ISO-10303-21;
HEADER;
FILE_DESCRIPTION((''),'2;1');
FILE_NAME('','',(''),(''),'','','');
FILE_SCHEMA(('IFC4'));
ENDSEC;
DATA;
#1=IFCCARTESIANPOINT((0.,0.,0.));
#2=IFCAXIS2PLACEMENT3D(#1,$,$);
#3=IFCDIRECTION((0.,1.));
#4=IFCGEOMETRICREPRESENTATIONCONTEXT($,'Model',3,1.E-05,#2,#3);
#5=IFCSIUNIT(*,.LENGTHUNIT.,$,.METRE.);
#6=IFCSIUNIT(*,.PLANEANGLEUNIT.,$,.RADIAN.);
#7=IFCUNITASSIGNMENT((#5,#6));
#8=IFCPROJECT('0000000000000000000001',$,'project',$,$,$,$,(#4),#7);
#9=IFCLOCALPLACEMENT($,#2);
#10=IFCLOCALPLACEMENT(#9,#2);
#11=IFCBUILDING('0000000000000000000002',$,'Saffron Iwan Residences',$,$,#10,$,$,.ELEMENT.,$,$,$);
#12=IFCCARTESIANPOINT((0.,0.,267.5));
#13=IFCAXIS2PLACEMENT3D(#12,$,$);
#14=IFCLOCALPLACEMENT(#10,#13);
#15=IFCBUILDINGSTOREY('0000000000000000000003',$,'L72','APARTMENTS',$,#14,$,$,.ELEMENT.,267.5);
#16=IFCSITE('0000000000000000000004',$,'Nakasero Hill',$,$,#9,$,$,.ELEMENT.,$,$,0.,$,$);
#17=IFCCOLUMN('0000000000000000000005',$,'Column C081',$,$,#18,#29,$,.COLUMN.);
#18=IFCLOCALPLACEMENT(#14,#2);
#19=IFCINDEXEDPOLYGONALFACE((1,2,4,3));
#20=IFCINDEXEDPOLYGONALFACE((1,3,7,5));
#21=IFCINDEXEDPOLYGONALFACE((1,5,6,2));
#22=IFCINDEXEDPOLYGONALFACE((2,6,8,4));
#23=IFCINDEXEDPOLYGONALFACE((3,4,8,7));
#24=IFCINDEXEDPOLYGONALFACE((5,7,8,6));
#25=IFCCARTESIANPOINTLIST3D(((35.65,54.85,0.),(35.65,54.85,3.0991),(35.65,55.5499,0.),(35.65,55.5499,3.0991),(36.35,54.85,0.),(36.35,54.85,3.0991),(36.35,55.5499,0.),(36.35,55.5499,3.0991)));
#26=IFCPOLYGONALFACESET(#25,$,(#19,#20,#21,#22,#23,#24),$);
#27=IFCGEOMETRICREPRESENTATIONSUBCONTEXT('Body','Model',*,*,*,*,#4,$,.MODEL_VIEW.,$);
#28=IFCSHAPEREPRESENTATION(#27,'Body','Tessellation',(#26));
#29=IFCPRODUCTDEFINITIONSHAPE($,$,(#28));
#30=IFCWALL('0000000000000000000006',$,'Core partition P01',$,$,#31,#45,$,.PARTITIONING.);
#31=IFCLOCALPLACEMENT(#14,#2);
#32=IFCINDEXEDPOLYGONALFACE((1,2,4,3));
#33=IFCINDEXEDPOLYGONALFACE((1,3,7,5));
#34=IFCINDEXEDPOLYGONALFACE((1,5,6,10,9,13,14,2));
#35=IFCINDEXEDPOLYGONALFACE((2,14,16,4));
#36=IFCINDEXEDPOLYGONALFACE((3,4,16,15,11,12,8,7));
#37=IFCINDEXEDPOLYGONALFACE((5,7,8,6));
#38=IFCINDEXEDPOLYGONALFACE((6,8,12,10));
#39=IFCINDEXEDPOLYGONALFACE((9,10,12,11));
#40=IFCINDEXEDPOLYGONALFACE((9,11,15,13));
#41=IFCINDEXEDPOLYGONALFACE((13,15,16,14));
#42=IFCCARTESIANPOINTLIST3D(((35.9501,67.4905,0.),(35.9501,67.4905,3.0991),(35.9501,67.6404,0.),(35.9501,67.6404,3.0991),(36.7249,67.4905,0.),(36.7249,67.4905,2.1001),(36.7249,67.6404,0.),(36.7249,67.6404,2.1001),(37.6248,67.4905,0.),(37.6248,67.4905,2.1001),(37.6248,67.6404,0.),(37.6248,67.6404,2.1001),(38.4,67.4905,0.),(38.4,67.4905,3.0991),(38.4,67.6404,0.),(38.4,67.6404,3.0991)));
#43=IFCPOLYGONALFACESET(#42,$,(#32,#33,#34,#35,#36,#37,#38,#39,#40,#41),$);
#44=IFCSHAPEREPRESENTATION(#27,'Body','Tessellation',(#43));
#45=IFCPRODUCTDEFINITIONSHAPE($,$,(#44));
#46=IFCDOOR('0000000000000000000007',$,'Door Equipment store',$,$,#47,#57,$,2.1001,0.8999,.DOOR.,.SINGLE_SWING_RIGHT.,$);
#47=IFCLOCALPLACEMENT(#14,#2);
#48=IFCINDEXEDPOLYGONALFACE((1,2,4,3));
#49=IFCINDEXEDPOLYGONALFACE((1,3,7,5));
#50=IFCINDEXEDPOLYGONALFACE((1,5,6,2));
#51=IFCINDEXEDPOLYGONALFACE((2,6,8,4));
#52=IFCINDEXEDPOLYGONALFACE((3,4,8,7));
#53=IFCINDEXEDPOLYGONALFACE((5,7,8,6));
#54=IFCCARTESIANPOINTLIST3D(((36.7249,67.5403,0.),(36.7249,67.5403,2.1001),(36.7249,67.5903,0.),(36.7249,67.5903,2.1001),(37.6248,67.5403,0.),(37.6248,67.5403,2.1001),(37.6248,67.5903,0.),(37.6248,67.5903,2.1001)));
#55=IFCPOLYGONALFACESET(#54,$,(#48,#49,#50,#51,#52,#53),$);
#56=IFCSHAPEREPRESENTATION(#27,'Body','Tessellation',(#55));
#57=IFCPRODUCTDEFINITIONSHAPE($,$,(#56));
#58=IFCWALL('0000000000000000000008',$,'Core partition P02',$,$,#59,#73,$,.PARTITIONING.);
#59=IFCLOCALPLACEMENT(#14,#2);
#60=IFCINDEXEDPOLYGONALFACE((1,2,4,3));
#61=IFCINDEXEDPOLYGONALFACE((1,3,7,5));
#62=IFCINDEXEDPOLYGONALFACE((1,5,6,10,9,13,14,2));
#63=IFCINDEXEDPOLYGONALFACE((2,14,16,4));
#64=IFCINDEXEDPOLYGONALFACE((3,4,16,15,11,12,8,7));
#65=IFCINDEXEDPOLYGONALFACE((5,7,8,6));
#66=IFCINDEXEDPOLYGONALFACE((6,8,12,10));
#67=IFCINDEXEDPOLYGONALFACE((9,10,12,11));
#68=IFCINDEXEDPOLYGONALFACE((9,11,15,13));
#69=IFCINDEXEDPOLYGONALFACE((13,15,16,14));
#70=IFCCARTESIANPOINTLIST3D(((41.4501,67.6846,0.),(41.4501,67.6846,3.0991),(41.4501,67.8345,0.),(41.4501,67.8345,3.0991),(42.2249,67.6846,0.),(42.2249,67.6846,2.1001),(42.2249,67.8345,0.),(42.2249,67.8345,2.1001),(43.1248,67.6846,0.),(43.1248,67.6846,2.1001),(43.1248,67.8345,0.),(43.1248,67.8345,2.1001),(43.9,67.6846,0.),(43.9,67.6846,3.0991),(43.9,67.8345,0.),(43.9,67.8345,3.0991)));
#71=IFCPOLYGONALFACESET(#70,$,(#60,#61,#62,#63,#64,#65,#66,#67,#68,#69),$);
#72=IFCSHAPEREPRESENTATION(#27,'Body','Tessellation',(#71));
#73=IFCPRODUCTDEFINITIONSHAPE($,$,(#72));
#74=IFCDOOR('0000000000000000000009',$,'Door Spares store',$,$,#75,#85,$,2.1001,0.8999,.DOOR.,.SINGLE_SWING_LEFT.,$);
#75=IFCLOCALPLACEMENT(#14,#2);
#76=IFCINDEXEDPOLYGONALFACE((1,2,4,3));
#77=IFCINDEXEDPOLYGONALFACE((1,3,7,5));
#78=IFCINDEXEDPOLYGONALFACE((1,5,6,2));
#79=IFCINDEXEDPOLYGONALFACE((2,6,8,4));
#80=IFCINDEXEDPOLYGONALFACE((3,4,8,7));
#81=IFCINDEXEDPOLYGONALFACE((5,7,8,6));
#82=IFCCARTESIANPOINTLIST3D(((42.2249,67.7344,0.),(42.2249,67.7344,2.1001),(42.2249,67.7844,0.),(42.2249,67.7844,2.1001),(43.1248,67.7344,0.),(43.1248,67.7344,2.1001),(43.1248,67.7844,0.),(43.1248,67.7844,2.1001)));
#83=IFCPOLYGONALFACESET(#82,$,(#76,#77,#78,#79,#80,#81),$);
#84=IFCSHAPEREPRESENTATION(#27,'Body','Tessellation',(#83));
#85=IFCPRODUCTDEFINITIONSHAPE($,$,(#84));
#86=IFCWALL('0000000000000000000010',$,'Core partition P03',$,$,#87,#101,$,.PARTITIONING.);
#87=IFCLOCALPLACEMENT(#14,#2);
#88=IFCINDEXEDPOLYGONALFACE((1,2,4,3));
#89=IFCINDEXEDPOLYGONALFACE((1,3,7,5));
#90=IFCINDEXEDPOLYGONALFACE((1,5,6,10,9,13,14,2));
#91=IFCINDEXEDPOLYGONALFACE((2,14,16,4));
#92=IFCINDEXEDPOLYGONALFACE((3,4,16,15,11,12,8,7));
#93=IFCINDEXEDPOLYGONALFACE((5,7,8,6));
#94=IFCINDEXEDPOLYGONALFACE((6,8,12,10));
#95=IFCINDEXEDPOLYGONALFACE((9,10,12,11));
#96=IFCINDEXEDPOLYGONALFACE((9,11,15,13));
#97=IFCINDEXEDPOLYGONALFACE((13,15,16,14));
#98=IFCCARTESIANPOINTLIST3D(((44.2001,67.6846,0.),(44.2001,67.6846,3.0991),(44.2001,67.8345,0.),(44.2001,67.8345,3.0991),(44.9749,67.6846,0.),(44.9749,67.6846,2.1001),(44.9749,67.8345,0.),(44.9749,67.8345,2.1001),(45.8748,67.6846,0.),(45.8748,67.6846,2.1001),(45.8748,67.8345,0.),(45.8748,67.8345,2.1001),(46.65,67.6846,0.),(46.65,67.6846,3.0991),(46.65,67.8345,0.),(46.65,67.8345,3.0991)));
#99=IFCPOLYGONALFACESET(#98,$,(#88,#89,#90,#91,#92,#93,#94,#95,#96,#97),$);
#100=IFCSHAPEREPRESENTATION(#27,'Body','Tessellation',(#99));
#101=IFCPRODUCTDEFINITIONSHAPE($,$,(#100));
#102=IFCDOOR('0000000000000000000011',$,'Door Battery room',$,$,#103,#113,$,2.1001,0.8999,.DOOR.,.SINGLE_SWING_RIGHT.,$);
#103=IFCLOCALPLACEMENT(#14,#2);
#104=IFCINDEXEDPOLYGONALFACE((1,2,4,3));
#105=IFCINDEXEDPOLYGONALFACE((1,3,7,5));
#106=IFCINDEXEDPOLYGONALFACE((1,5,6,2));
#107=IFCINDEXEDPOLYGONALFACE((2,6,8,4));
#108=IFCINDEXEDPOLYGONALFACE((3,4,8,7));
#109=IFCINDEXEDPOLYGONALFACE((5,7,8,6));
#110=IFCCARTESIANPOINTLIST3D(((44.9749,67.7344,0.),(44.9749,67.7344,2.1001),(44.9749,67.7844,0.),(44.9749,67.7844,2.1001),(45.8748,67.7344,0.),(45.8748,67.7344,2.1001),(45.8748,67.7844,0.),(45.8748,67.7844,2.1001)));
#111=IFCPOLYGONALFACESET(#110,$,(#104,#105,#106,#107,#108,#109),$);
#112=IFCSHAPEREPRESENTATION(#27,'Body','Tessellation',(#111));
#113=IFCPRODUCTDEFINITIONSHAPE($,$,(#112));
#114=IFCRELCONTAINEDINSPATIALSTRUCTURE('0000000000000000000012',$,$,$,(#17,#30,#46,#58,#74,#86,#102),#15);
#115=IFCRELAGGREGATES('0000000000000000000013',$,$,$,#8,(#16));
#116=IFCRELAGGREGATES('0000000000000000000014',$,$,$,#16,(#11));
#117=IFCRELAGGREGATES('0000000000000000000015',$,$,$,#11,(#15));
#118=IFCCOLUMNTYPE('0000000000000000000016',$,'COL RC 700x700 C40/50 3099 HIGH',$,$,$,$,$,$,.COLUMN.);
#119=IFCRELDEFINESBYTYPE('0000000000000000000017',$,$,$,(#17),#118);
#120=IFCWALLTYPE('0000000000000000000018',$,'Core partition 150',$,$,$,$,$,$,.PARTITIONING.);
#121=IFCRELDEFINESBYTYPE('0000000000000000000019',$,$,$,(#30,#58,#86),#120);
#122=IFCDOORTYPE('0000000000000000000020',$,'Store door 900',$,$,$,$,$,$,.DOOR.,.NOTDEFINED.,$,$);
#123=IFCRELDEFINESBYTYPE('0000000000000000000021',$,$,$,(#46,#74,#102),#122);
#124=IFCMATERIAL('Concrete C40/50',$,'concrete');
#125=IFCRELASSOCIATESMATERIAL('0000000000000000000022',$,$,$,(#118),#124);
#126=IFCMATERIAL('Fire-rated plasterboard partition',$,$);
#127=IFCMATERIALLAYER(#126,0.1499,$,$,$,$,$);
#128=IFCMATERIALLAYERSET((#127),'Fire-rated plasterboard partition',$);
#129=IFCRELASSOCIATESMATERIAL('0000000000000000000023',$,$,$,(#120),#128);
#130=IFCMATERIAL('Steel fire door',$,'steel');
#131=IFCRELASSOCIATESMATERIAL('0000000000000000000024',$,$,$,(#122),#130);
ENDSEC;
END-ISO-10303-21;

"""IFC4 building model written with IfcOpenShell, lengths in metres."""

from ifc_helpers import new_model, si_unit, direction, frame, frame_2d, origin, origin_2d, place, context, subcontext, project, spatial, rectangle, extrude, source, transform, mapped, material, layer, layer_set, material_profile, profile_set, type_object, element, fill, save


model = new_model("IFC4")

# Units and contexts
model_context = context("Model", 3, precision=1e-05, world=origin(), true_north=direction((0.0, 1.0)))
body_context = subcontext(model_context, "Body", "Model", "MODEL_VIEW")
ifc_project = project(units=[si_unit("LENGTHUNIT", "METRE"), si_unit("PLANEANGLEUNIT", "RADIAN")], contexts=[model_context])

# Site, building, storey
site_placement = place(None, origin())
site = spatial("IfcSite", under=ifc_project, at=site_placement, Name="Nakasero Hill", CompositionType="ELEMENT", RefElevation=0.0)
building_placement = place(site_placement, origin())
building = spatial("IfcBuilding", under=site, at=building_placement, Name="Saffron Iwan Residences", CompositionType="ELEMENT")
storey_placement = place(building_placement, frame((0.0, 0.0, 267.5)))
storey = spatial("IfcBuildingStorey", under=building, at=storey_placement, Name="L72", Description="APARTMENTS", CompositionType="ELEMENT", Elevation=267.5)

# Column
ifc_material_1 = material(Name="Concrete C40/50", Category="concrete")
ifc_material_profile = material_profile(ifc_material_1, rectangle(XDim=0.7, YDim=0.7, at=origin_2d()), Name="RC 700x700")
ifc_profile_set = profile_set([ifc_material_profile], Name="Concrete C40/50")
column_type = type_object("IfcColumnType", Name="COL RC 700x700 C40/50 3099 HIGH", PredefinedType="COLUMN", material=ifc_profile_set)
shared_shape = source(origin(), body_context, "Body", "SweptSolid", [
    extrude(rectangle(XDim=0.7, YDim=0.7, at=origin_2d()), origin(), (0.0, 0.0, 1.0), 3.0991),
])
column_placement = place(storey_placement, frame((36.0, 55.2, 0.0), z_axis=(0.0, 0.0, 1.0), x_axis=(1.0, 0.0, 0.0)))
element("IfcColumn", 1, at=column_placement, inside=storey, type_object=column_type, Name="Column C081", PredefinedType="COLUMN", context=body_context, shape_type="MappedRepresentation", body=[
    mapped(shared_shape, transform((0.0, 0.0, 0.0))),
])

# Walls, openings, doors
ifc_material_2 = material(Name="Fire-rated plasterboard partition")
ifc_layer_1 = layer(ifc_material_2, 0.1499)
ifc_layer_set_1 = layer_set([ifc_layer_1], Name="Fire-rated plasterboard partition")
wall_type_1 = type_object("IfcWallType", Name="Core partition 150", PredefinedType="PARTITIONING", material=ifc_layer_set_1)
wall_1_placement = place(storey_placement, frame((35.95, 67.5654, 0.0), z_axis=(0.0, 0.0, 1.0), x_axis=(1.0, 0.0, 0.0)))
wall_1 = element("IfcWall", 2, at=wall_1_placement, inside=storey, type_object=wall_type_1, Name="Core partition P01", PredefinedType="PARTITIONING", context=body_context, shape_type="SweptSolid", body=[
    extrude(rectangle(XDim=2.45, YDim=0.1499, at=frame_2d((1.2251, 0.0))), origin(), (0.0, 0.0, 1.0), 3.0991),
])
opening_1_placement = place(wall_1_placement, frame((0.7749, 0.0, 0.0)))
opening_1 = element("IfcOpeningElement", 3, at=opening_1_placement, cuts=wall_1, PredefinedType="OPENING", context=body_context, shape_type="SweptSolid", body=[
    extrude(rectangle(XDim=0.8999, YDim=2.1001, at=frame_2d((0.45, 1.05))), frame((0.0, 0.085, 0.0), z_axis=(0.0, -1.0, 0.0), x_axis=(1.0, 0.0, 0.0)), (0.0, 0.0, 1.0), 0.1699),
])
ifc_material_3 = material(Name="Steel fire door", Category="steel")
door_type_1 = type_object("IfcDoorType", Name="Store door 900", OperationType="NOTDEFINED", PredefinedType="DOOR", material=ifc_material_3)
door_1_placement = place(opening_1_placement, origin())
door_1 = element("IfcDoor", 4, at=door_1_placement, inside=storey, type_object=door_type_1, Name="Door Equipment store", OperationType="SINGLE_SWING_RIGHT", OverallHeight=2.1001, OverallWidth=0.8999, PredefinedType="DOOR", context=body_context, shape_type="SweptSolid", body=[
    extrude(rectangle(XDim=0.8999, YDim=2.1001, at=frame_2d((0.45, 1.05))), frame((0.0, 0.0249, 0.0), z_axis=(0.0, -1.0, 0.0), x_axis=(1.0, 0.0, 0.0)), (0.0, 0.0, 1.0), 0.05),
])
fill(opening_1, door_1)
wall_2_placement = place(storey_placement, frame((41.45, 67.7595, 0.0), z_axis=(0.0, 0.0, 1.0), x_axis=(1.0, 0.0, 0.0)))
wall_2 = element("IfcWall", 5, at=wall_2_placement, inside=storey, type_object=wall_type_1, Name="Core partition P02", PredefinedType="PARTITIONING", context=body_context, shape_type="SweptSolid", body=[
    extrude(rectangle(XDim=2.45, YDim=0.1499, at=frame_2d((1.2251, 0.0))), origin(), (0.0, 0.0, 1.0), 3.0991),
])
opening_2_placement = place(wall_2_placement, frame((0.7749, 0.0, 0.0)))
opening_2 = element("IfcOpeningElement", 6, at=opening_2_placement, cuts=wall_2, PredefinedType="OPENING", context=body_context, shape_type="SweptSolid", body=[
    extrude(rectangle(XDim=0.8999, YDim=2.1001, at=frame_2d((0.45, 1.05))), frame((0.0, 0.085, 0.0), z_axis=(0.0, -1.0, 0.0), x_axis=(1.0, 0.0, 0.0)), (0.0, 0.0, 1.0), 0.1699),
])
door_2_placement = place(opening_2_placement, origin())
door_2 = element("IfcDoor", 7, at=door_2_placement, inside=storey, type_object=door_type_1, Name="Door Spares store", OperationType="SINGLE_SWING_LEFT", OverallHeight=2.1001, OverallWidth=0.8999, PredefinedType="DOOR", context=body_context, shape_type="SweptSolid", body=[
    extrude(rectangle(XDim=0.8999, YDim=2.1001, at=frame_2d((0.45, 1.05))), frame((0.0, 0.0249, 0.0), z_axis=(0.0, -1.0, 0.0), x_axis=(1.0, 0.0, 0.0)), (0.0, 0.0, 1.0), 0.05),
])
fill(opening_2, door_2)
wall_3_placement = place(storey_placement, frame((44.2, 67.7595, 0.0), z_axis=(0.0, 0.0, 1.0), x_axis=(1.0, 0.0, 0.0)))
wall_3 = element("IfcWall", 8, at=wall_3_placement, inside=storey, type_object=wall_type_1, Name="Core partition P03", PredefinedType="PARTITIONING", context=body_context, shape_type="SweptSolid", body=[
    extrude(rectangle(XDim=2.45, YDim=0.1499, at=frame_2d((1.2251, 0.0))), origin(), (0.0, 0.0, 1.0), 3.0991),
])
opening_3_placement = place(wall_3_placement, frame((0.7749, 0.0, 0.0)))
opening_3 = element("IfcOpeningElement", 9, at=opening_3_placement, cuts=wall_3, PredefinedType="OPENING", context=body_context, shape_type="SweptSolid", body=[
    extrude(rectangle(XDim=0.8999, YDim=2.1001, at=frame_2d((0.45, 1.05))), frame((0.0, 0.085, 0.0), z_axis=(0.0, -1.0, 0.0), x_axis=(1.0, 0.0, 0.0)), (0.0, 0.0, 1.0), 0.1699),
])
door_3_placement = place(opening_3_placement, origin())
door_3 = element("IfcDoor", 10, at=door_3_placement, inside=storey, type_object=door_type_1, Name="Door Battery room", OperationType="SINGLE_SWING_RIGHT", OverallHeight=2.1001, OverallWidth=0.8999, PredefinedType="DOOR", context=body_context, shape_type="SweptSolid", body=[
    extrude(rectangle(XDim=0.8999, YDim=2.1001, at=frame_2d((0.45, 1.05))), frame((0.0, 0.0249, 0.0), z_axis=(0.0, -1.0, 0.0), x_axis=(1.0, 0.0, 0.0)), (0.0, 0.0, 1.0), 0.05),
])
fill(opening_3, door_3)

save(model, "model.ifc")
